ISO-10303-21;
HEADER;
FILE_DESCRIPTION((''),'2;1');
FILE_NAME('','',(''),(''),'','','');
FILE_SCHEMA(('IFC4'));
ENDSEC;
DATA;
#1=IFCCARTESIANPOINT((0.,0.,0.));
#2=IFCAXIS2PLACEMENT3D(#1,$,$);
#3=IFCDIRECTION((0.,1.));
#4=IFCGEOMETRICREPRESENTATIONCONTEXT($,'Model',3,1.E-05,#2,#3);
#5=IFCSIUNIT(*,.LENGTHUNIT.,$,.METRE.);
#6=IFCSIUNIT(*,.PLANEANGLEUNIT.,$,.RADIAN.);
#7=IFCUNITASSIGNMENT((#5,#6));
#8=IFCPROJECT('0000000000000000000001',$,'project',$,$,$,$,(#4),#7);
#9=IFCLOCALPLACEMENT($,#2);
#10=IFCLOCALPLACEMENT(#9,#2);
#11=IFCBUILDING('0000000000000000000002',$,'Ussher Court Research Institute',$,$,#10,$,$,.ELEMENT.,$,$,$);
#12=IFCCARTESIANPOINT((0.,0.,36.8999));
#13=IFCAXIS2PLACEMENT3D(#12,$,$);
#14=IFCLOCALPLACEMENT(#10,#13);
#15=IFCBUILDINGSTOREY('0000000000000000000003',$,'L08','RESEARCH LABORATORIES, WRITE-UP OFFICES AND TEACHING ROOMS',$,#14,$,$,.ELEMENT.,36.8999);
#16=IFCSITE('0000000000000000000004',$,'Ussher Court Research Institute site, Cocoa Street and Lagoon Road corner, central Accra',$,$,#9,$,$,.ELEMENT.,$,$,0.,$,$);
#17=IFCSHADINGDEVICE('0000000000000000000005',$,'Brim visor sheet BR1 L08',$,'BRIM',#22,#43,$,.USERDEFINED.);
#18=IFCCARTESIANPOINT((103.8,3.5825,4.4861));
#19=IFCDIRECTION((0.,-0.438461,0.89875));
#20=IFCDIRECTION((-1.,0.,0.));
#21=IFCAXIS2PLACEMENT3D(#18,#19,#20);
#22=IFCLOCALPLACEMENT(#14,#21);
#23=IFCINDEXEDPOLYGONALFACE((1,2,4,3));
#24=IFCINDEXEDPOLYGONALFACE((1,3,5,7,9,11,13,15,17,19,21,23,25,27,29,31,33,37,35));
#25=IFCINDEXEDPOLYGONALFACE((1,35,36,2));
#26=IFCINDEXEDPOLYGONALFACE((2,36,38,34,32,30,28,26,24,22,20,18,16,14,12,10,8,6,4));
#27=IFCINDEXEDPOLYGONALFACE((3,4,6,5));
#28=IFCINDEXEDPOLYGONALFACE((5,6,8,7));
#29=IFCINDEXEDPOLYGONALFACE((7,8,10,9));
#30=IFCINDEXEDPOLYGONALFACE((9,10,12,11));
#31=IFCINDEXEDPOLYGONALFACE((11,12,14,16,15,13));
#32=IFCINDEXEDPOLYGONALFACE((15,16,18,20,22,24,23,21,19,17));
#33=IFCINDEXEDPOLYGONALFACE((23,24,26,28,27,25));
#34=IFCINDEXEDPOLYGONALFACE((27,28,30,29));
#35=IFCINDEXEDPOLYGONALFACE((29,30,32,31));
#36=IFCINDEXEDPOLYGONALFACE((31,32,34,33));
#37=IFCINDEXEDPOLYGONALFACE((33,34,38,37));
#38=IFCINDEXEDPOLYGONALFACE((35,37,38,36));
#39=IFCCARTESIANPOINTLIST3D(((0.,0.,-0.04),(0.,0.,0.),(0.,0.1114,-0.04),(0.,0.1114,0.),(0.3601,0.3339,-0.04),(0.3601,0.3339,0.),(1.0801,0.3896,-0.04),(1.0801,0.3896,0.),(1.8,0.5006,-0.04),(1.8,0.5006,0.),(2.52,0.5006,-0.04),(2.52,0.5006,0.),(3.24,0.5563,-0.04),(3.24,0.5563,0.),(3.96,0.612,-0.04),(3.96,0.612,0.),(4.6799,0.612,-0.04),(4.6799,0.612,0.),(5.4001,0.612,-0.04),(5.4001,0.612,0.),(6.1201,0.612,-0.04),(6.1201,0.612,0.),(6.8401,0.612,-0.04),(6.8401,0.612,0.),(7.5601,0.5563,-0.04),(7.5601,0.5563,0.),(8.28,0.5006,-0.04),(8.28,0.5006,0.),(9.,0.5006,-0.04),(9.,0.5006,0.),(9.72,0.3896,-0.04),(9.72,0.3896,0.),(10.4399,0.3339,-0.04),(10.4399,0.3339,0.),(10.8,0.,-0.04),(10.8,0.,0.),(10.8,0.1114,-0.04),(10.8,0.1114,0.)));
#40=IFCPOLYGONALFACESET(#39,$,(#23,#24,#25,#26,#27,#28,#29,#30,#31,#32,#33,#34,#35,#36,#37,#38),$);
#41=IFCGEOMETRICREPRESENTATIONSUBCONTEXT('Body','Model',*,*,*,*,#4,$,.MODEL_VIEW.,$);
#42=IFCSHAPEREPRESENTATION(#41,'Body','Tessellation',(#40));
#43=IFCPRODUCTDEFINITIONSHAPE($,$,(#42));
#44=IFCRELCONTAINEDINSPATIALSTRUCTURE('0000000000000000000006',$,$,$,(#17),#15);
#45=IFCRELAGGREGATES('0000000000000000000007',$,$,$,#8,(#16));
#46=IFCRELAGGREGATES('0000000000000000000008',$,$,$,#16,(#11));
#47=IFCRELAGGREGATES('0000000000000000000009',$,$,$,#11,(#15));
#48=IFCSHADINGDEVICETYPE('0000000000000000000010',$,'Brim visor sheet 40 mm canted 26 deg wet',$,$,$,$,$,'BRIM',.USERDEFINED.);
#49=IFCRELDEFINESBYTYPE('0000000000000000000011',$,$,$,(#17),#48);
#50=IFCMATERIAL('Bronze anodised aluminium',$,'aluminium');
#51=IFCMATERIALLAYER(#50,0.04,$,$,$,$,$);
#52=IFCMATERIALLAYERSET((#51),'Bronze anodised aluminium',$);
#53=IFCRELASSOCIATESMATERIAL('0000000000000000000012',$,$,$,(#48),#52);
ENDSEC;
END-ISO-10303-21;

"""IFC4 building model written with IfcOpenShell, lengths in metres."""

from ifc_helpers import new_model, si_unit, direction, frame, origin, place, context, subcontext, project, spatial, polyline, outline, extrude, material, layer, layer_set, type_object, element, save


model = new_model("IFC4")

# Units and contexts
model_context = context("Model", 3, precision=1e-05, world=origin(), true_north=direction((0.0, 1.0)))
body_context = subcontext(model_context, "Body", "Model", "MODEL_VIEW")
ifc_project = project(units=[si_unit("LENGTHUNIT", "METRE"), si_unit("PLANEANGLEUNIT", "RADIAN")], contexts=[model_context])

# Site, building, storey
site_placement = place(None, origin())
site = spatial("IfcSite", under=ifc_project, at=site_placement, Name="Ussher Court Research Institute site, Cocoa Street and Lagoon Road corner, central Accra", CompositionType="ELEMENT", RefElevation=0.0)
building_placement = place(site_placement, origin())
building = spatial("IfcBuilding", under=site, at=building_placement, Name="Ussher Court Research Institute", CompositionType="ELEMENT")
storey_placement = place(building_placement, frame((0.0, 0.0, 36.8999)))
storey = spatial("IfcBuildingStorey", under=building, at=storey_placement, Name="L08", Description="RESEARCH LABORATORIES, WRITE-UP OFFICES AND TEACHING ROOMS", CompositionType="ELEMENT", Elevation=36.8999)

# Shading device
ifc_material_1 = material(Name="Bronze anodised aluminium", Category="aluminium")
ifc_layer_1 = layer(ifc_material_1, 0.04)
ifc_layer_set_1 = layer_set([ifc_layer_1], Name="Bronze anodised aluminium")
shading_device_type_1 = type_object("IfcShadingDeviceType", Name="Brim visor sheet 40 mm canted 26 deg wet", ElementType="BRIM", PredefinedType="USERDEFINED", material=ifc_layer_set_1)
shading_device_1_placement = place(storey_placement, frame((103.8, 3.5825, 4.4861), z_axis=(0.0, -0.438461, 0.89875), x_axis=(-1.0, 0.0, 0.0)))
element("IfcShadingDevice", 1, at=shading_device_1_placement, inside=storey, type_object=shading_device_type_1, Name="Brim visor sheet BR1 L08", ObjectType="BRIM", PredefinedType="USERDEFINED", context=body_context, shape_type="SweptSolid", body=[
    extrude(outline(polyline([(0.0, 0.0), (10.8, 0.0), (10.8, 0.1114), (10.4399, 0.3339), (9.72, 0.3896), (9.0, 0.5006), (8.28, 0.5006), (7.5601, 0.5563), (6.8401, 0.612), (6.1201, 0.612), (5.4001, 0.612), (4.6799, 0.612), (3.96, 0.612), (3.24, 0.5563), (2.52, 0.5006), (1.8, 0.5006), (1.0801, 0.3896), (0.3601, 0.3339), (0.0, 0.1114), (0.0, 0.0)])), origin(), (0.0, 0.0, -1.0), 0.04),
])

save(model, "model.ifc")
